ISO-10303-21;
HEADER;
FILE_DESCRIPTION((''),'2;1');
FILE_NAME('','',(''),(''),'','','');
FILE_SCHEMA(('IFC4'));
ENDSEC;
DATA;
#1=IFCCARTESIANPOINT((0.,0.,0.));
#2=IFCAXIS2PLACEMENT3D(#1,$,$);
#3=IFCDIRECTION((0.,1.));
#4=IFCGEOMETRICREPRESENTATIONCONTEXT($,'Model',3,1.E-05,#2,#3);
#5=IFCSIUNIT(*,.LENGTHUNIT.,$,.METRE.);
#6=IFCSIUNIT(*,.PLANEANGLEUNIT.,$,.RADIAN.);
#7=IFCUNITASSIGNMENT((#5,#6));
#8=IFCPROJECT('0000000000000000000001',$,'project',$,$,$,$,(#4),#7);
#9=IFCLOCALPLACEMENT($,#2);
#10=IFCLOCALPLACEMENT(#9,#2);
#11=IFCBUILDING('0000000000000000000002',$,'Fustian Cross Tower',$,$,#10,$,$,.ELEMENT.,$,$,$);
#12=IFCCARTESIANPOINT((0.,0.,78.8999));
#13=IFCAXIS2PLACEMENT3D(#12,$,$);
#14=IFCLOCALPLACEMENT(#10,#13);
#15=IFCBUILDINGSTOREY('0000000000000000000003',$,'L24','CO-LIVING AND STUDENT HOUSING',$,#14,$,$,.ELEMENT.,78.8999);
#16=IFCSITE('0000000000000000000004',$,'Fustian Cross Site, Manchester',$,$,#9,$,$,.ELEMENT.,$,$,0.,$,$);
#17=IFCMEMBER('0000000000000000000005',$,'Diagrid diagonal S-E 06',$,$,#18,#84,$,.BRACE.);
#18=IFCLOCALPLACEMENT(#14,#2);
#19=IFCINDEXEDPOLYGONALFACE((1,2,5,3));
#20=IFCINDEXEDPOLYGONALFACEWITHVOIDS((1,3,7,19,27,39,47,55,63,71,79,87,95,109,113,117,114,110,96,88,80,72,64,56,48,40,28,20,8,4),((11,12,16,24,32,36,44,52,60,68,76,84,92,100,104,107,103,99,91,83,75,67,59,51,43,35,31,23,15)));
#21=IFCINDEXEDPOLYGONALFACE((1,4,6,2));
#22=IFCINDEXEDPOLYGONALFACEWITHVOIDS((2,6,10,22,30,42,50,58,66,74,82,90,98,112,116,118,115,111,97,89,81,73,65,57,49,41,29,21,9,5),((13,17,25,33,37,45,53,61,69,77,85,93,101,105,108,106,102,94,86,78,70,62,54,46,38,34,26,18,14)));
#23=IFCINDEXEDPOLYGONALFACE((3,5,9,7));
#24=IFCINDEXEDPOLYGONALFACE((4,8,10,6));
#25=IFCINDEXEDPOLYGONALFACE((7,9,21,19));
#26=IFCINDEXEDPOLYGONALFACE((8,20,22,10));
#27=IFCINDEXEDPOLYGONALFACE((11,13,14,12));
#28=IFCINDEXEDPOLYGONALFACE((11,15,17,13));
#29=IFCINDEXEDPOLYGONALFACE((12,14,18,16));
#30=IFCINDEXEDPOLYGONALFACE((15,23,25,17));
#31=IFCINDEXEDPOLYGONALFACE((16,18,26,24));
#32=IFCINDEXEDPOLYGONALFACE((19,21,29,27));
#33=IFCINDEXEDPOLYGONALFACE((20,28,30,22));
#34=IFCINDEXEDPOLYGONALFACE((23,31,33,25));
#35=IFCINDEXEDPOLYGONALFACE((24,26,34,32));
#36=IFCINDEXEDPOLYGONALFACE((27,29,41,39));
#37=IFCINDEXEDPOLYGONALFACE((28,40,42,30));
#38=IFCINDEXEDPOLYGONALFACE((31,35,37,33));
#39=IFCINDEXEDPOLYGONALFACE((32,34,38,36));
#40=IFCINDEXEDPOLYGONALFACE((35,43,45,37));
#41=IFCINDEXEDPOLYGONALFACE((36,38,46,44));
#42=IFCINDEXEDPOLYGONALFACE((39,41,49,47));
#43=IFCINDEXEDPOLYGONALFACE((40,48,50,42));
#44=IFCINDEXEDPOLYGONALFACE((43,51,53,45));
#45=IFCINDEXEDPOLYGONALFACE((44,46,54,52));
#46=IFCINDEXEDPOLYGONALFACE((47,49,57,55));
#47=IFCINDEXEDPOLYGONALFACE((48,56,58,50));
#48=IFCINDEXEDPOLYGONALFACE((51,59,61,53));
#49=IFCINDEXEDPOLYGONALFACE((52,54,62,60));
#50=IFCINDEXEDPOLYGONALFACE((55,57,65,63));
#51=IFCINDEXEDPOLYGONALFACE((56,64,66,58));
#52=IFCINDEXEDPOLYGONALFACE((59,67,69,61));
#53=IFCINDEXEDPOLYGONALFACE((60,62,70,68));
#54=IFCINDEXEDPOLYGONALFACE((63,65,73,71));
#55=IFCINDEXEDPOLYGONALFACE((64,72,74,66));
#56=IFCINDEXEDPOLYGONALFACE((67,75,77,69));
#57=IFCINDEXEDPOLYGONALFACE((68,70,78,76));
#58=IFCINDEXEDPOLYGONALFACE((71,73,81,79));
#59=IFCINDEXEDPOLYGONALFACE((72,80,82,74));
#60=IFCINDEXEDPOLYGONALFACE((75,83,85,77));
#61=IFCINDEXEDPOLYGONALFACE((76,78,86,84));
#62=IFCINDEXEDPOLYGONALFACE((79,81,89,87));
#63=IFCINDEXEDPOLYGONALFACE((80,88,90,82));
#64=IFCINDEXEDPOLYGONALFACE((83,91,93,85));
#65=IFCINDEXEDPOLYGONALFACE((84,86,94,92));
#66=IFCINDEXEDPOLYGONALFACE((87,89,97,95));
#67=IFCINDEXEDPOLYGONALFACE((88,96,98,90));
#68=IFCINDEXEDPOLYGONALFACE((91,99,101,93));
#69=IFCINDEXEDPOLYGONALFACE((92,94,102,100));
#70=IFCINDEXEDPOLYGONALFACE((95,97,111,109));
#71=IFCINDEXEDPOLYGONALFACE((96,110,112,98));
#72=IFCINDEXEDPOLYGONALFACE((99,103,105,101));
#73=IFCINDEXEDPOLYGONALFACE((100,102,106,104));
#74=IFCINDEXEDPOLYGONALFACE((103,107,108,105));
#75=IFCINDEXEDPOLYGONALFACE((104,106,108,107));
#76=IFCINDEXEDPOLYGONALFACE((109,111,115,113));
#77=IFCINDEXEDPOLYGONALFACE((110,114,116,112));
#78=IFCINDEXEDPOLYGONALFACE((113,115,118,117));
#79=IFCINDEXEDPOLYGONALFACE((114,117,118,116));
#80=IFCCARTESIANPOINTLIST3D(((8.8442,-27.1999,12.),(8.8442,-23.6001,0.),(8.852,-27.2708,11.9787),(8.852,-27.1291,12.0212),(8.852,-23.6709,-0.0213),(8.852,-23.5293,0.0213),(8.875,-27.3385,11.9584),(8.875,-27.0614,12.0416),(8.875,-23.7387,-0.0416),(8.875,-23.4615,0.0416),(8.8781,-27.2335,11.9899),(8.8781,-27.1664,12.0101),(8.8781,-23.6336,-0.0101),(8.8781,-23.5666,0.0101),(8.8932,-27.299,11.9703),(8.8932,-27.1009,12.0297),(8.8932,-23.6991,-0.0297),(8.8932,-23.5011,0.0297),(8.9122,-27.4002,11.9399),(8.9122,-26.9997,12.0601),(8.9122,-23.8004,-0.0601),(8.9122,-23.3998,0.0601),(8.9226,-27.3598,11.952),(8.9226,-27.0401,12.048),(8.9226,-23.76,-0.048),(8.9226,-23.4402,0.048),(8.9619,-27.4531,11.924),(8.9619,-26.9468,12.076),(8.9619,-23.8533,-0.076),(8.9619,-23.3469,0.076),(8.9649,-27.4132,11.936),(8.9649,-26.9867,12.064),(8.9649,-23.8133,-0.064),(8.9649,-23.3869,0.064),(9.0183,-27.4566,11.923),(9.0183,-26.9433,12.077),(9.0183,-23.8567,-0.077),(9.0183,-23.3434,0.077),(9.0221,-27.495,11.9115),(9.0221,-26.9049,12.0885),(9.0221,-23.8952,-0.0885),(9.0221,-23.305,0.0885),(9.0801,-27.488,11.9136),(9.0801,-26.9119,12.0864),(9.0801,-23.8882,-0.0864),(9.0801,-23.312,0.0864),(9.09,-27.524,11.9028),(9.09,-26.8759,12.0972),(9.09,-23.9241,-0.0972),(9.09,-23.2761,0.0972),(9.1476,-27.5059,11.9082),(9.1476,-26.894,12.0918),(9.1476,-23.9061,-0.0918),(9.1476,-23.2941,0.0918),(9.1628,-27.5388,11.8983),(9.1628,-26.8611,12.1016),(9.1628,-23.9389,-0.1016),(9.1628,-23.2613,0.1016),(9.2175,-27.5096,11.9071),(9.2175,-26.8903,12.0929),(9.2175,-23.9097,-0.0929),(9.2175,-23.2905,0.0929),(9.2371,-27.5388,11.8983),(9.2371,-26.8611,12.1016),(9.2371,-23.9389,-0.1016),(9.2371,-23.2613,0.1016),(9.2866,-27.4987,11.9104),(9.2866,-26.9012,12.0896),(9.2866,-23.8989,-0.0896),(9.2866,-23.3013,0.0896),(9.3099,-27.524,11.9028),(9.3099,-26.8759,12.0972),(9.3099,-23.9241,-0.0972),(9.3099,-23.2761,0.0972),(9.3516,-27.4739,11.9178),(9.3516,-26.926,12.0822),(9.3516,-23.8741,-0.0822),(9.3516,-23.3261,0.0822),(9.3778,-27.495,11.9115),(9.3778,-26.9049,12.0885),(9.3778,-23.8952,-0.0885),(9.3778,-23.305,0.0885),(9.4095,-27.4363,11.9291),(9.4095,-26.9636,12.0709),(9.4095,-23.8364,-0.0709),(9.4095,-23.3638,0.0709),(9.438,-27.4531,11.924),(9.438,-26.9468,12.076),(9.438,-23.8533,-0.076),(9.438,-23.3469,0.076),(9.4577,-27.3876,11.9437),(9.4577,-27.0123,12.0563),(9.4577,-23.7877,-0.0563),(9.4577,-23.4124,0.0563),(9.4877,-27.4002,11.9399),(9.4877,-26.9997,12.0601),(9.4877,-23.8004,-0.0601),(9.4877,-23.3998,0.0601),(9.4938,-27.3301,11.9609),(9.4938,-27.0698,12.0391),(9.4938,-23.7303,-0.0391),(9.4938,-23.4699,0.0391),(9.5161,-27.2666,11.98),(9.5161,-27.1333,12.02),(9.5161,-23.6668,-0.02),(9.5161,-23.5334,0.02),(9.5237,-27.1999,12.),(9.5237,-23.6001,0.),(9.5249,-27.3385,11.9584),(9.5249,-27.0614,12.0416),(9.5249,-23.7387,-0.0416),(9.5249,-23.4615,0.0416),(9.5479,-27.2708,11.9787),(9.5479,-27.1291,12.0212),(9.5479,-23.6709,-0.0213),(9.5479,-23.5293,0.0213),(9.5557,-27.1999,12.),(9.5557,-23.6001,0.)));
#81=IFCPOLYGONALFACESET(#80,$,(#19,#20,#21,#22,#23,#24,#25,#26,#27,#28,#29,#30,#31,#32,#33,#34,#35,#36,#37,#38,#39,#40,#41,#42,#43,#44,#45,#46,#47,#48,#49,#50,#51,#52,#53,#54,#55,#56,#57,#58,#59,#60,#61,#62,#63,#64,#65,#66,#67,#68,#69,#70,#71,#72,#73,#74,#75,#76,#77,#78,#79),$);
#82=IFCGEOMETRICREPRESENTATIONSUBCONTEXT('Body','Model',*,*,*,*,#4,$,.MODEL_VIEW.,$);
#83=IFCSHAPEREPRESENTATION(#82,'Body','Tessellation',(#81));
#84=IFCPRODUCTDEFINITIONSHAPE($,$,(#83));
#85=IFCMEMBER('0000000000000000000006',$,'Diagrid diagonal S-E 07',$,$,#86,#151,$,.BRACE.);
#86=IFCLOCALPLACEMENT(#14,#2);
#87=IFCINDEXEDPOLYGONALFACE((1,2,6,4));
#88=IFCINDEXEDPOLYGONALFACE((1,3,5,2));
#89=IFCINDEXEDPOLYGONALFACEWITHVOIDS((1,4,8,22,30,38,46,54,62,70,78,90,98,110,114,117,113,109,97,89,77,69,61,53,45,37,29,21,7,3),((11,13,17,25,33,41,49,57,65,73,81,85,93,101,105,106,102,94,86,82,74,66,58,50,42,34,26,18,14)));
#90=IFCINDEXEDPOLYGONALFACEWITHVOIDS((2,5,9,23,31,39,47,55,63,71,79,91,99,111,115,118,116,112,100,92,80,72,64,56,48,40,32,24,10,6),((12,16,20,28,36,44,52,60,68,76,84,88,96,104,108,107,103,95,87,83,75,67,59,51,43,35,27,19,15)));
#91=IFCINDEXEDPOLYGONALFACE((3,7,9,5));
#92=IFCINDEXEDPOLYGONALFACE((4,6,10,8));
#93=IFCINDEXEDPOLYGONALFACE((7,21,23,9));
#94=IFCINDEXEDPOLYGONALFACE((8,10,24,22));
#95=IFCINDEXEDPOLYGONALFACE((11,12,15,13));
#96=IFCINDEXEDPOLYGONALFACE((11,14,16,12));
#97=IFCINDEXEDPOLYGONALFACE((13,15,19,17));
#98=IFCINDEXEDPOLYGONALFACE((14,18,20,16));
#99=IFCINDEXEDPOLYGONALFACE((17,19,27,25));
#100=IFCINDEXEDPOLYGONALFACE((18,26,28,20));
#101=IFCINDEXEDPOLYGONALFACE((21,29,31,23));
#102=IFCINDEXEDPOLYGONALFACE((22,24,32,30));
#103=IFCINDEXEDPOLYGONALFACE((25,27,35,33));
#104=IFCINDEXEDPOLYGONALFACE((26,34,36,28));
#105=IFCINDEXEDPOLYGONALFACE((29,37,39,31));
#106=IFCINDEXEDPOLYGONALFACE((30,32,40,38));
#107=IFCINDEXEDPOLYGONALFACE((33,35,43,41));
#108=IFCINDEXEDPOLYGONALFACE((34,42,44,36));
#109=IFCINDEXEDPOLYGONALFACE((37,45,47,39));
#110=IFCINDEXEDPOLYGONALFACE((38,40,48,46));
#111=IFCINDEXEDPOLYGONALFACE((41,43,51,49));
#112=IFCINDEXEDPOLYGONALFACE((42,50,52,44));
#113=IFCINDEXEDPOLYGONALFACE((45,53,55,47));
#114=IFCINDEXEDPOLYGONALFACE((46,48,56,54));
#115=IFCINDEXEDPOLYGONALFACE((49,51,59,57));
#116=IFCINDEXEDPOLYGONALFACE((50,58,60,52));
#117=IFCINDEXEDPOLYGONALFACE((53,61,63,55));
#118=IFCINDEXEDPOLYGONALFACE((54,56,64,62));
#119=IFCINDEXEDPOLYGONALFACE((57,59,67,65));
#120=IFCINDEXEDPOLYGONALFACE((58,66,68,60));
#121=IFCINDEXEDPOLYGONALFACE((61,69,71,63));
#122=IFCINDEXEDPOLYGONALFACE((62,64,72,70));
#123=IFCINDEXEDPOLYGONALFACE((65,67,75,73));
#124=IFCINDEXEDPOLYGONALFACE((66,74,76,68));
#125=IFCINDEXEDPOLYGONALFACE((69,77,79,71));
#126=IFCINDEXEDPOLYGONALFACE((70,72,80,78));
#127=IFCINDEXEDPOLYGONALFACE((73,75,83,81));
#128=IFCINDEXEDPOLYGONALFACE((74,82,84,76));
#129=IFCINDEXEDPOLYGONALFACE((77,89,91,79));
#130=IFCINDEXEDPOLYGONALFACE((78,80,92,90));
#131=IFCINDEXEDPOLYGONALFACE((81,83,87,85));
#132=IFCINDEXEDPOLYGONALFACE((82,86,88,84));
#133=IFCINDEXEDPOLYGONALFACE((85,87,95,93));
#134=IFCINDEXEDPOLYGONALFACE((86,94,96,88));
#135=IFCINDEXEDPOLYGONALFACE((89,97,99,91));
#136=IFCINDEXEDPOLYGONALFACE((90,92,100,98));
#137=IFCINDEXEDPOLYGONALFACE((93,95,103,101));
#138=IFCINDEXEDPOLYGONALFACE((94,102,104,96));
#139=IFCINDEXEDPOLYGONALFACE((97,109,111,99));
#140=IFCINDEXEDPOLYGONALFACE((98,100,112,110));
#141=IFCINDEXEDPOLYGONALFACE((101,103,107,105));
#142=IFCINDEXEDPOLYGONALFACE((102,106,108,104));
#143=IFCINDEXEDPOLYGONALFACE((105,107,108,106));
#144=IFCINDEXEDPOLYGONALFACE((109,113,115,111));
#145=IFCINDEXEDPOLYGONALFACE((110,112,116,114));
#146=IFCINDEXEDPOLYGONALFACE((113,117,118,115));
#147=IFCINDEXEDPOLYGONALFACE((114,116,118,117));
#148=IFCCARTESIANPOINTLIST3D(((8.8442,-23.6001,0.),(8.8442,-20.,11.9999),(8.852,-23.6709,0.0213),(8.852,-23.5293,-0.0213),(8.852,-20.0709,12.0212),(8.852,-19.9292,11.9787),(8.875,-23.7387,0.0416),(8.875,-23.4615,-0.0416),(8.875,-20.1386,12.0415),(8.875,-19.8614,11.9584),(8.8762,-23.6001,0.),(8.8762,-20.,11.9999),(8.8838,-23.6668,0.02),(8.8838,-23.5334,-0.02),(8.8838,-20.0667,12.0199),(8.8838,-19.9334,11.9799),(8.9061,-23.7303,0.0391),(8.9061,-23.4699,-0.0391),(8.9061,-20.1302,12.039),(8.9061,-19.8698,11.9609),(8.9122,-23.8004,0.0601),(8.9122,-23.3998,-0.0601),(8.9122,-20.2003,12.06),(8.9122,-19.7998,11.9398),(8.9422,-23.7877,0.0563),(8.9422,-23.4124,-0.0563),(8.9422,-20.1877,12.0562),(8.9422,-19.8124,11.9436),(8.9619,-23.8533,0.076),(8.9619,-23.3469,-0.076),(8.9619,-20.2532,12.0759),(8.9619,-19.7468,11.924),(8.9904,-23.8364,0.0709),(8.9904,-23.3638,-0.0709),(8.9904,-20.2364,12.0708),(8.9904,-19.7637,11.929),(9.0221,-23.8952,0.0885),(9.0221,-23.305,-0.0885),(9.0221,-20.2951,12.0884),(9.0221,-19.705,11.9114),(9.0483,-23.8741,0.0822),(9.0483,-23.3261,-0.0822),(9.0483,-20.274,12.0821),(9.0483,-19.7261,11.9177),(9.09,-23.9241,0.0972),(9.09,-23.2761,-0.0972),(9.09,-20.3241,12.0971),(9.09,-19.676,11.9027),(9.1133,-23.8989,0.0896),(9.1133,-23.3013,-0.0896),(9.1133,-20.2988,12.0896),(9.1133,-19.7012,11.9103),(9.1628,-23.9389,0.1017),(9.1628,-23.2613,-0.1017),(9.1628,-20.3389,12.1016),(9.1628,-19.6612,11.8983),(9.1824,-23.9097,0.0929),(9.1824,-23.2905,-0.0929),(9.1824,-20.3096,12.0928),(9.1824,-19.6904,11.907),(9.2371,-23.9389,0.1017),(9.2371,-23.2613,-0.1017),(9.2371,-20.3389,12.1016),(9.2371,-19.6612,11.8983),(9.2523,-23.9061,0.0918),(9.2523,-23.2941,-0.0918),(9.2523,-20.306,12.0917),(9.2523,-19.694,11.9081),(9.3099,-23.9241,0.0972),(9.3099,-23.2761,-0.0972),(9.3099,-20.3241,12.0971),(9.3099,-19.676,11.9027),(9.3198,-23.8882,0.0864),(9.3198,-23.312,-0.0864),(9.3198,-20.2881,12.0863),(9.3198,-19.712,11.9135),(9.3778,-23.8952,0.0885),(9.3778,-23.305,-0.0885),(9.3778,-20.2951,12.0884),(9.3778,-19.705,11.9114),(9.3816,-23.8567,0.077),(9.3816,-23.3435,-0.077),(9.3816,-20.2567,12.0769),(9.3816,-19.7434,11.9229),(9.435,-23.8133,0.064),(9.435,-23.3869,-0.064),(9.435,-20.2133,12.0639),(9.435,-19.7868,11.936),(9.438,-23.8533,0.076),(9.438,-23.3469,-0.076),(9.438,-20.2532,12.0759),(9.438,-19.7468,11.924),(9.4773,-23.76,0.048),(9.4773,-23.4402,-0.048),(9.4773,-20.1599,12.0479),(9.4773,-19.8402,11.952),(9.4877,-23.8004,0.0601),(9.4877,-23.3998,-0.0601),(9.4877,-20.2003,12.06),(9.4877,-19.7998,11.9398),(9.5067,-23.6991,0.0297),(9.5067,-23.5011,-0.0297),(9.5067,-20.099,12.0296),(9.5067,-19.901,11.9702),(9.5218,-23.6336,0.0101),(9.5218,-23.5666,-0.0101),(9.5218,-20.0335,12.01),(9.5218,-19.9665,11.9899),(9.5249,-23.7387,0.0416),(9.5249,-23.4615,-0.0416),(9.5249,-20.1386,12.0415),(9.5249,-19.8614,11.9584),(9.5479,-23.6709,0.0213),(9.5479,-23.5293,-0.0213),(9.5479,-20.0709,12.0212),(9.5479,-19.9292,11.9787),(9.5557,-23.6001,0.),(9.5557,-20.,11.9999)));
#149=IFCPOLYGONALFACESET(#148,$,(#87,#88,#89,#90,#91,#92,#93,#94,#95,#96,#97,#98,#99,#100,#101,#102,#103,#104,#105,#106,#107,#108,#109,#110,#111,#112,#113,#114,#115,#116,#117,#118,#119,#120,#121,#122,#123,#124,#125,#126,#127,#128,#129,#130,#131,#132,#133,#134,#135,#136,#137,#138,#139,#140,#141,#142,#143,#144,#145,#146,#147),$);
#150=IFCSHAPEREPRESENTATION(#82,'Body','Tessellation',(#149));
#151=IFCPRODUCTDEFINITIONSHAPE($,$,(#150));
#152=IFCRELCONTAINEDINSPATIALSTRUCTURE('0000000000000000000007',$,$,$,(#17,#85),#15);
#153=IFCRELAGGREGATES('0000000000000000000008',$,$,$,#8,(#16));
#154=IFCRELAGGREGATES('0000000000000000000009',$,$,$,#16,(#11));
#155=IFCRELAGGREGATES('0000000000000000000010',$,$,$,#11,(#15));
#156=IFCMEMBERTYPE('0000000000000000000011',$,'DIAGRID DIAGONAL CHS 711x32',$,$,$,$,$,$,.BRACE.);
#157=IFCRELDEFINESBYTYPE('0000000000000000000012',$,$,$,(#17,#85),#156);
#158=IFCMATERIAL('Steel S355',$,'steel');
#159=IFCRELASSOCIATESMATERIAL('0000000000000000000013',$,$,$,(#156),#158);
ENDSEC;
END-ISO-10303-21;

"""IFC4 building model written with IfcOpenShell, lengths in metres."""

from ifc_helpers import new_model, si_unit, direction, frame, origin, origin_2d, place, context, subcontext, project, spatial, hollow_circle, extrude, material, material_profile, profile_set, type_object, element, save


model = new_model("IFC4")

# Units and contexts
model_context = context("Model", 3, precision=1e-05, world=origin(), true_north=direction((0.0, 1.0)))
body_context = subcontext(model_context, "Body", "Model", "MODEL_VIEW")
ifc_project = project(units=[si_unit("LENGTHUNIT", "METRE"), si_unit("PLANEANGLEUNIT", "RADIAN")], contexts=[model_context])

# Site, building, storey
site_placement = place(None, origin())
site = spatial("IfcSite", under=ifc_project, at=site_placement, Name="Fustian Cross Site, Manchester", CompositionType="ELEMENT", RefElevation=0.0)
building_placement = place(site_placement, origin())
building = spatial("IfcBuilding", under=site, at=building_placement, Name="Fustian Cross Tower", CompositionType="ELEMENT")
storey_placement = place(building_placement, frame((0.0, 0.0, 78.8999)))
storey = spatial("IfcBuildingStorey", under=building, at=storey_placement, Name="L24", Description="CO-LIVING AND STUDENT HOUSING", CompositionType="ELEMENT", Elevation=78.8999)

# Members
ifc_material_1 = material(Name="Steel S355", Category="steel")
ifc_material_profile_1 = material_profile(ifc_material_1, hollow_circle(Radius=0.3557, WallThickness=0.032, at=origin_2d()), Name="CHS 711x32")
ifc_profile_set_1 = profile_set([ifc_material_profile_1], Name="Steel S355")
member_type_1 = type_object("IfcMemberType", Name="DIAGRID DIAGONAL CHS 711x32", PredefinedType="BRACE", material=ifc_profile_set_1)
for number, where, z_axis, x_axis, name in (
    (1, (9.2, -23.6001, 0.0), (0.0, -0.287337, 0.95783), (1.0, 0.0, 0.0), "Diagrid diagonal S-E 06"),
    (2, (9.2, -23.6001, 0.0), (0.0, 0.287355, 0.957824), (-1.0, 0.0, 0.0), "Diagrid diagonal S-E 07"),
):
    element("IfcMember", number, at=place(storey_placement, frame(where, z_axis=z_axis, x_axis=x_axis)), inside=storey, type_object=member_type_1, Name=name, PredefinedType="BRACE", context=body_context, shape_type="SweptSolid", body=[
        extrude(hollow_circle(Radius=0.3557, WallThickness=0.032, at=origin_2d()), origin(), (0.0, 0.0, 1.0), 12.5283),
    ])

save(model, "model.ifc")
